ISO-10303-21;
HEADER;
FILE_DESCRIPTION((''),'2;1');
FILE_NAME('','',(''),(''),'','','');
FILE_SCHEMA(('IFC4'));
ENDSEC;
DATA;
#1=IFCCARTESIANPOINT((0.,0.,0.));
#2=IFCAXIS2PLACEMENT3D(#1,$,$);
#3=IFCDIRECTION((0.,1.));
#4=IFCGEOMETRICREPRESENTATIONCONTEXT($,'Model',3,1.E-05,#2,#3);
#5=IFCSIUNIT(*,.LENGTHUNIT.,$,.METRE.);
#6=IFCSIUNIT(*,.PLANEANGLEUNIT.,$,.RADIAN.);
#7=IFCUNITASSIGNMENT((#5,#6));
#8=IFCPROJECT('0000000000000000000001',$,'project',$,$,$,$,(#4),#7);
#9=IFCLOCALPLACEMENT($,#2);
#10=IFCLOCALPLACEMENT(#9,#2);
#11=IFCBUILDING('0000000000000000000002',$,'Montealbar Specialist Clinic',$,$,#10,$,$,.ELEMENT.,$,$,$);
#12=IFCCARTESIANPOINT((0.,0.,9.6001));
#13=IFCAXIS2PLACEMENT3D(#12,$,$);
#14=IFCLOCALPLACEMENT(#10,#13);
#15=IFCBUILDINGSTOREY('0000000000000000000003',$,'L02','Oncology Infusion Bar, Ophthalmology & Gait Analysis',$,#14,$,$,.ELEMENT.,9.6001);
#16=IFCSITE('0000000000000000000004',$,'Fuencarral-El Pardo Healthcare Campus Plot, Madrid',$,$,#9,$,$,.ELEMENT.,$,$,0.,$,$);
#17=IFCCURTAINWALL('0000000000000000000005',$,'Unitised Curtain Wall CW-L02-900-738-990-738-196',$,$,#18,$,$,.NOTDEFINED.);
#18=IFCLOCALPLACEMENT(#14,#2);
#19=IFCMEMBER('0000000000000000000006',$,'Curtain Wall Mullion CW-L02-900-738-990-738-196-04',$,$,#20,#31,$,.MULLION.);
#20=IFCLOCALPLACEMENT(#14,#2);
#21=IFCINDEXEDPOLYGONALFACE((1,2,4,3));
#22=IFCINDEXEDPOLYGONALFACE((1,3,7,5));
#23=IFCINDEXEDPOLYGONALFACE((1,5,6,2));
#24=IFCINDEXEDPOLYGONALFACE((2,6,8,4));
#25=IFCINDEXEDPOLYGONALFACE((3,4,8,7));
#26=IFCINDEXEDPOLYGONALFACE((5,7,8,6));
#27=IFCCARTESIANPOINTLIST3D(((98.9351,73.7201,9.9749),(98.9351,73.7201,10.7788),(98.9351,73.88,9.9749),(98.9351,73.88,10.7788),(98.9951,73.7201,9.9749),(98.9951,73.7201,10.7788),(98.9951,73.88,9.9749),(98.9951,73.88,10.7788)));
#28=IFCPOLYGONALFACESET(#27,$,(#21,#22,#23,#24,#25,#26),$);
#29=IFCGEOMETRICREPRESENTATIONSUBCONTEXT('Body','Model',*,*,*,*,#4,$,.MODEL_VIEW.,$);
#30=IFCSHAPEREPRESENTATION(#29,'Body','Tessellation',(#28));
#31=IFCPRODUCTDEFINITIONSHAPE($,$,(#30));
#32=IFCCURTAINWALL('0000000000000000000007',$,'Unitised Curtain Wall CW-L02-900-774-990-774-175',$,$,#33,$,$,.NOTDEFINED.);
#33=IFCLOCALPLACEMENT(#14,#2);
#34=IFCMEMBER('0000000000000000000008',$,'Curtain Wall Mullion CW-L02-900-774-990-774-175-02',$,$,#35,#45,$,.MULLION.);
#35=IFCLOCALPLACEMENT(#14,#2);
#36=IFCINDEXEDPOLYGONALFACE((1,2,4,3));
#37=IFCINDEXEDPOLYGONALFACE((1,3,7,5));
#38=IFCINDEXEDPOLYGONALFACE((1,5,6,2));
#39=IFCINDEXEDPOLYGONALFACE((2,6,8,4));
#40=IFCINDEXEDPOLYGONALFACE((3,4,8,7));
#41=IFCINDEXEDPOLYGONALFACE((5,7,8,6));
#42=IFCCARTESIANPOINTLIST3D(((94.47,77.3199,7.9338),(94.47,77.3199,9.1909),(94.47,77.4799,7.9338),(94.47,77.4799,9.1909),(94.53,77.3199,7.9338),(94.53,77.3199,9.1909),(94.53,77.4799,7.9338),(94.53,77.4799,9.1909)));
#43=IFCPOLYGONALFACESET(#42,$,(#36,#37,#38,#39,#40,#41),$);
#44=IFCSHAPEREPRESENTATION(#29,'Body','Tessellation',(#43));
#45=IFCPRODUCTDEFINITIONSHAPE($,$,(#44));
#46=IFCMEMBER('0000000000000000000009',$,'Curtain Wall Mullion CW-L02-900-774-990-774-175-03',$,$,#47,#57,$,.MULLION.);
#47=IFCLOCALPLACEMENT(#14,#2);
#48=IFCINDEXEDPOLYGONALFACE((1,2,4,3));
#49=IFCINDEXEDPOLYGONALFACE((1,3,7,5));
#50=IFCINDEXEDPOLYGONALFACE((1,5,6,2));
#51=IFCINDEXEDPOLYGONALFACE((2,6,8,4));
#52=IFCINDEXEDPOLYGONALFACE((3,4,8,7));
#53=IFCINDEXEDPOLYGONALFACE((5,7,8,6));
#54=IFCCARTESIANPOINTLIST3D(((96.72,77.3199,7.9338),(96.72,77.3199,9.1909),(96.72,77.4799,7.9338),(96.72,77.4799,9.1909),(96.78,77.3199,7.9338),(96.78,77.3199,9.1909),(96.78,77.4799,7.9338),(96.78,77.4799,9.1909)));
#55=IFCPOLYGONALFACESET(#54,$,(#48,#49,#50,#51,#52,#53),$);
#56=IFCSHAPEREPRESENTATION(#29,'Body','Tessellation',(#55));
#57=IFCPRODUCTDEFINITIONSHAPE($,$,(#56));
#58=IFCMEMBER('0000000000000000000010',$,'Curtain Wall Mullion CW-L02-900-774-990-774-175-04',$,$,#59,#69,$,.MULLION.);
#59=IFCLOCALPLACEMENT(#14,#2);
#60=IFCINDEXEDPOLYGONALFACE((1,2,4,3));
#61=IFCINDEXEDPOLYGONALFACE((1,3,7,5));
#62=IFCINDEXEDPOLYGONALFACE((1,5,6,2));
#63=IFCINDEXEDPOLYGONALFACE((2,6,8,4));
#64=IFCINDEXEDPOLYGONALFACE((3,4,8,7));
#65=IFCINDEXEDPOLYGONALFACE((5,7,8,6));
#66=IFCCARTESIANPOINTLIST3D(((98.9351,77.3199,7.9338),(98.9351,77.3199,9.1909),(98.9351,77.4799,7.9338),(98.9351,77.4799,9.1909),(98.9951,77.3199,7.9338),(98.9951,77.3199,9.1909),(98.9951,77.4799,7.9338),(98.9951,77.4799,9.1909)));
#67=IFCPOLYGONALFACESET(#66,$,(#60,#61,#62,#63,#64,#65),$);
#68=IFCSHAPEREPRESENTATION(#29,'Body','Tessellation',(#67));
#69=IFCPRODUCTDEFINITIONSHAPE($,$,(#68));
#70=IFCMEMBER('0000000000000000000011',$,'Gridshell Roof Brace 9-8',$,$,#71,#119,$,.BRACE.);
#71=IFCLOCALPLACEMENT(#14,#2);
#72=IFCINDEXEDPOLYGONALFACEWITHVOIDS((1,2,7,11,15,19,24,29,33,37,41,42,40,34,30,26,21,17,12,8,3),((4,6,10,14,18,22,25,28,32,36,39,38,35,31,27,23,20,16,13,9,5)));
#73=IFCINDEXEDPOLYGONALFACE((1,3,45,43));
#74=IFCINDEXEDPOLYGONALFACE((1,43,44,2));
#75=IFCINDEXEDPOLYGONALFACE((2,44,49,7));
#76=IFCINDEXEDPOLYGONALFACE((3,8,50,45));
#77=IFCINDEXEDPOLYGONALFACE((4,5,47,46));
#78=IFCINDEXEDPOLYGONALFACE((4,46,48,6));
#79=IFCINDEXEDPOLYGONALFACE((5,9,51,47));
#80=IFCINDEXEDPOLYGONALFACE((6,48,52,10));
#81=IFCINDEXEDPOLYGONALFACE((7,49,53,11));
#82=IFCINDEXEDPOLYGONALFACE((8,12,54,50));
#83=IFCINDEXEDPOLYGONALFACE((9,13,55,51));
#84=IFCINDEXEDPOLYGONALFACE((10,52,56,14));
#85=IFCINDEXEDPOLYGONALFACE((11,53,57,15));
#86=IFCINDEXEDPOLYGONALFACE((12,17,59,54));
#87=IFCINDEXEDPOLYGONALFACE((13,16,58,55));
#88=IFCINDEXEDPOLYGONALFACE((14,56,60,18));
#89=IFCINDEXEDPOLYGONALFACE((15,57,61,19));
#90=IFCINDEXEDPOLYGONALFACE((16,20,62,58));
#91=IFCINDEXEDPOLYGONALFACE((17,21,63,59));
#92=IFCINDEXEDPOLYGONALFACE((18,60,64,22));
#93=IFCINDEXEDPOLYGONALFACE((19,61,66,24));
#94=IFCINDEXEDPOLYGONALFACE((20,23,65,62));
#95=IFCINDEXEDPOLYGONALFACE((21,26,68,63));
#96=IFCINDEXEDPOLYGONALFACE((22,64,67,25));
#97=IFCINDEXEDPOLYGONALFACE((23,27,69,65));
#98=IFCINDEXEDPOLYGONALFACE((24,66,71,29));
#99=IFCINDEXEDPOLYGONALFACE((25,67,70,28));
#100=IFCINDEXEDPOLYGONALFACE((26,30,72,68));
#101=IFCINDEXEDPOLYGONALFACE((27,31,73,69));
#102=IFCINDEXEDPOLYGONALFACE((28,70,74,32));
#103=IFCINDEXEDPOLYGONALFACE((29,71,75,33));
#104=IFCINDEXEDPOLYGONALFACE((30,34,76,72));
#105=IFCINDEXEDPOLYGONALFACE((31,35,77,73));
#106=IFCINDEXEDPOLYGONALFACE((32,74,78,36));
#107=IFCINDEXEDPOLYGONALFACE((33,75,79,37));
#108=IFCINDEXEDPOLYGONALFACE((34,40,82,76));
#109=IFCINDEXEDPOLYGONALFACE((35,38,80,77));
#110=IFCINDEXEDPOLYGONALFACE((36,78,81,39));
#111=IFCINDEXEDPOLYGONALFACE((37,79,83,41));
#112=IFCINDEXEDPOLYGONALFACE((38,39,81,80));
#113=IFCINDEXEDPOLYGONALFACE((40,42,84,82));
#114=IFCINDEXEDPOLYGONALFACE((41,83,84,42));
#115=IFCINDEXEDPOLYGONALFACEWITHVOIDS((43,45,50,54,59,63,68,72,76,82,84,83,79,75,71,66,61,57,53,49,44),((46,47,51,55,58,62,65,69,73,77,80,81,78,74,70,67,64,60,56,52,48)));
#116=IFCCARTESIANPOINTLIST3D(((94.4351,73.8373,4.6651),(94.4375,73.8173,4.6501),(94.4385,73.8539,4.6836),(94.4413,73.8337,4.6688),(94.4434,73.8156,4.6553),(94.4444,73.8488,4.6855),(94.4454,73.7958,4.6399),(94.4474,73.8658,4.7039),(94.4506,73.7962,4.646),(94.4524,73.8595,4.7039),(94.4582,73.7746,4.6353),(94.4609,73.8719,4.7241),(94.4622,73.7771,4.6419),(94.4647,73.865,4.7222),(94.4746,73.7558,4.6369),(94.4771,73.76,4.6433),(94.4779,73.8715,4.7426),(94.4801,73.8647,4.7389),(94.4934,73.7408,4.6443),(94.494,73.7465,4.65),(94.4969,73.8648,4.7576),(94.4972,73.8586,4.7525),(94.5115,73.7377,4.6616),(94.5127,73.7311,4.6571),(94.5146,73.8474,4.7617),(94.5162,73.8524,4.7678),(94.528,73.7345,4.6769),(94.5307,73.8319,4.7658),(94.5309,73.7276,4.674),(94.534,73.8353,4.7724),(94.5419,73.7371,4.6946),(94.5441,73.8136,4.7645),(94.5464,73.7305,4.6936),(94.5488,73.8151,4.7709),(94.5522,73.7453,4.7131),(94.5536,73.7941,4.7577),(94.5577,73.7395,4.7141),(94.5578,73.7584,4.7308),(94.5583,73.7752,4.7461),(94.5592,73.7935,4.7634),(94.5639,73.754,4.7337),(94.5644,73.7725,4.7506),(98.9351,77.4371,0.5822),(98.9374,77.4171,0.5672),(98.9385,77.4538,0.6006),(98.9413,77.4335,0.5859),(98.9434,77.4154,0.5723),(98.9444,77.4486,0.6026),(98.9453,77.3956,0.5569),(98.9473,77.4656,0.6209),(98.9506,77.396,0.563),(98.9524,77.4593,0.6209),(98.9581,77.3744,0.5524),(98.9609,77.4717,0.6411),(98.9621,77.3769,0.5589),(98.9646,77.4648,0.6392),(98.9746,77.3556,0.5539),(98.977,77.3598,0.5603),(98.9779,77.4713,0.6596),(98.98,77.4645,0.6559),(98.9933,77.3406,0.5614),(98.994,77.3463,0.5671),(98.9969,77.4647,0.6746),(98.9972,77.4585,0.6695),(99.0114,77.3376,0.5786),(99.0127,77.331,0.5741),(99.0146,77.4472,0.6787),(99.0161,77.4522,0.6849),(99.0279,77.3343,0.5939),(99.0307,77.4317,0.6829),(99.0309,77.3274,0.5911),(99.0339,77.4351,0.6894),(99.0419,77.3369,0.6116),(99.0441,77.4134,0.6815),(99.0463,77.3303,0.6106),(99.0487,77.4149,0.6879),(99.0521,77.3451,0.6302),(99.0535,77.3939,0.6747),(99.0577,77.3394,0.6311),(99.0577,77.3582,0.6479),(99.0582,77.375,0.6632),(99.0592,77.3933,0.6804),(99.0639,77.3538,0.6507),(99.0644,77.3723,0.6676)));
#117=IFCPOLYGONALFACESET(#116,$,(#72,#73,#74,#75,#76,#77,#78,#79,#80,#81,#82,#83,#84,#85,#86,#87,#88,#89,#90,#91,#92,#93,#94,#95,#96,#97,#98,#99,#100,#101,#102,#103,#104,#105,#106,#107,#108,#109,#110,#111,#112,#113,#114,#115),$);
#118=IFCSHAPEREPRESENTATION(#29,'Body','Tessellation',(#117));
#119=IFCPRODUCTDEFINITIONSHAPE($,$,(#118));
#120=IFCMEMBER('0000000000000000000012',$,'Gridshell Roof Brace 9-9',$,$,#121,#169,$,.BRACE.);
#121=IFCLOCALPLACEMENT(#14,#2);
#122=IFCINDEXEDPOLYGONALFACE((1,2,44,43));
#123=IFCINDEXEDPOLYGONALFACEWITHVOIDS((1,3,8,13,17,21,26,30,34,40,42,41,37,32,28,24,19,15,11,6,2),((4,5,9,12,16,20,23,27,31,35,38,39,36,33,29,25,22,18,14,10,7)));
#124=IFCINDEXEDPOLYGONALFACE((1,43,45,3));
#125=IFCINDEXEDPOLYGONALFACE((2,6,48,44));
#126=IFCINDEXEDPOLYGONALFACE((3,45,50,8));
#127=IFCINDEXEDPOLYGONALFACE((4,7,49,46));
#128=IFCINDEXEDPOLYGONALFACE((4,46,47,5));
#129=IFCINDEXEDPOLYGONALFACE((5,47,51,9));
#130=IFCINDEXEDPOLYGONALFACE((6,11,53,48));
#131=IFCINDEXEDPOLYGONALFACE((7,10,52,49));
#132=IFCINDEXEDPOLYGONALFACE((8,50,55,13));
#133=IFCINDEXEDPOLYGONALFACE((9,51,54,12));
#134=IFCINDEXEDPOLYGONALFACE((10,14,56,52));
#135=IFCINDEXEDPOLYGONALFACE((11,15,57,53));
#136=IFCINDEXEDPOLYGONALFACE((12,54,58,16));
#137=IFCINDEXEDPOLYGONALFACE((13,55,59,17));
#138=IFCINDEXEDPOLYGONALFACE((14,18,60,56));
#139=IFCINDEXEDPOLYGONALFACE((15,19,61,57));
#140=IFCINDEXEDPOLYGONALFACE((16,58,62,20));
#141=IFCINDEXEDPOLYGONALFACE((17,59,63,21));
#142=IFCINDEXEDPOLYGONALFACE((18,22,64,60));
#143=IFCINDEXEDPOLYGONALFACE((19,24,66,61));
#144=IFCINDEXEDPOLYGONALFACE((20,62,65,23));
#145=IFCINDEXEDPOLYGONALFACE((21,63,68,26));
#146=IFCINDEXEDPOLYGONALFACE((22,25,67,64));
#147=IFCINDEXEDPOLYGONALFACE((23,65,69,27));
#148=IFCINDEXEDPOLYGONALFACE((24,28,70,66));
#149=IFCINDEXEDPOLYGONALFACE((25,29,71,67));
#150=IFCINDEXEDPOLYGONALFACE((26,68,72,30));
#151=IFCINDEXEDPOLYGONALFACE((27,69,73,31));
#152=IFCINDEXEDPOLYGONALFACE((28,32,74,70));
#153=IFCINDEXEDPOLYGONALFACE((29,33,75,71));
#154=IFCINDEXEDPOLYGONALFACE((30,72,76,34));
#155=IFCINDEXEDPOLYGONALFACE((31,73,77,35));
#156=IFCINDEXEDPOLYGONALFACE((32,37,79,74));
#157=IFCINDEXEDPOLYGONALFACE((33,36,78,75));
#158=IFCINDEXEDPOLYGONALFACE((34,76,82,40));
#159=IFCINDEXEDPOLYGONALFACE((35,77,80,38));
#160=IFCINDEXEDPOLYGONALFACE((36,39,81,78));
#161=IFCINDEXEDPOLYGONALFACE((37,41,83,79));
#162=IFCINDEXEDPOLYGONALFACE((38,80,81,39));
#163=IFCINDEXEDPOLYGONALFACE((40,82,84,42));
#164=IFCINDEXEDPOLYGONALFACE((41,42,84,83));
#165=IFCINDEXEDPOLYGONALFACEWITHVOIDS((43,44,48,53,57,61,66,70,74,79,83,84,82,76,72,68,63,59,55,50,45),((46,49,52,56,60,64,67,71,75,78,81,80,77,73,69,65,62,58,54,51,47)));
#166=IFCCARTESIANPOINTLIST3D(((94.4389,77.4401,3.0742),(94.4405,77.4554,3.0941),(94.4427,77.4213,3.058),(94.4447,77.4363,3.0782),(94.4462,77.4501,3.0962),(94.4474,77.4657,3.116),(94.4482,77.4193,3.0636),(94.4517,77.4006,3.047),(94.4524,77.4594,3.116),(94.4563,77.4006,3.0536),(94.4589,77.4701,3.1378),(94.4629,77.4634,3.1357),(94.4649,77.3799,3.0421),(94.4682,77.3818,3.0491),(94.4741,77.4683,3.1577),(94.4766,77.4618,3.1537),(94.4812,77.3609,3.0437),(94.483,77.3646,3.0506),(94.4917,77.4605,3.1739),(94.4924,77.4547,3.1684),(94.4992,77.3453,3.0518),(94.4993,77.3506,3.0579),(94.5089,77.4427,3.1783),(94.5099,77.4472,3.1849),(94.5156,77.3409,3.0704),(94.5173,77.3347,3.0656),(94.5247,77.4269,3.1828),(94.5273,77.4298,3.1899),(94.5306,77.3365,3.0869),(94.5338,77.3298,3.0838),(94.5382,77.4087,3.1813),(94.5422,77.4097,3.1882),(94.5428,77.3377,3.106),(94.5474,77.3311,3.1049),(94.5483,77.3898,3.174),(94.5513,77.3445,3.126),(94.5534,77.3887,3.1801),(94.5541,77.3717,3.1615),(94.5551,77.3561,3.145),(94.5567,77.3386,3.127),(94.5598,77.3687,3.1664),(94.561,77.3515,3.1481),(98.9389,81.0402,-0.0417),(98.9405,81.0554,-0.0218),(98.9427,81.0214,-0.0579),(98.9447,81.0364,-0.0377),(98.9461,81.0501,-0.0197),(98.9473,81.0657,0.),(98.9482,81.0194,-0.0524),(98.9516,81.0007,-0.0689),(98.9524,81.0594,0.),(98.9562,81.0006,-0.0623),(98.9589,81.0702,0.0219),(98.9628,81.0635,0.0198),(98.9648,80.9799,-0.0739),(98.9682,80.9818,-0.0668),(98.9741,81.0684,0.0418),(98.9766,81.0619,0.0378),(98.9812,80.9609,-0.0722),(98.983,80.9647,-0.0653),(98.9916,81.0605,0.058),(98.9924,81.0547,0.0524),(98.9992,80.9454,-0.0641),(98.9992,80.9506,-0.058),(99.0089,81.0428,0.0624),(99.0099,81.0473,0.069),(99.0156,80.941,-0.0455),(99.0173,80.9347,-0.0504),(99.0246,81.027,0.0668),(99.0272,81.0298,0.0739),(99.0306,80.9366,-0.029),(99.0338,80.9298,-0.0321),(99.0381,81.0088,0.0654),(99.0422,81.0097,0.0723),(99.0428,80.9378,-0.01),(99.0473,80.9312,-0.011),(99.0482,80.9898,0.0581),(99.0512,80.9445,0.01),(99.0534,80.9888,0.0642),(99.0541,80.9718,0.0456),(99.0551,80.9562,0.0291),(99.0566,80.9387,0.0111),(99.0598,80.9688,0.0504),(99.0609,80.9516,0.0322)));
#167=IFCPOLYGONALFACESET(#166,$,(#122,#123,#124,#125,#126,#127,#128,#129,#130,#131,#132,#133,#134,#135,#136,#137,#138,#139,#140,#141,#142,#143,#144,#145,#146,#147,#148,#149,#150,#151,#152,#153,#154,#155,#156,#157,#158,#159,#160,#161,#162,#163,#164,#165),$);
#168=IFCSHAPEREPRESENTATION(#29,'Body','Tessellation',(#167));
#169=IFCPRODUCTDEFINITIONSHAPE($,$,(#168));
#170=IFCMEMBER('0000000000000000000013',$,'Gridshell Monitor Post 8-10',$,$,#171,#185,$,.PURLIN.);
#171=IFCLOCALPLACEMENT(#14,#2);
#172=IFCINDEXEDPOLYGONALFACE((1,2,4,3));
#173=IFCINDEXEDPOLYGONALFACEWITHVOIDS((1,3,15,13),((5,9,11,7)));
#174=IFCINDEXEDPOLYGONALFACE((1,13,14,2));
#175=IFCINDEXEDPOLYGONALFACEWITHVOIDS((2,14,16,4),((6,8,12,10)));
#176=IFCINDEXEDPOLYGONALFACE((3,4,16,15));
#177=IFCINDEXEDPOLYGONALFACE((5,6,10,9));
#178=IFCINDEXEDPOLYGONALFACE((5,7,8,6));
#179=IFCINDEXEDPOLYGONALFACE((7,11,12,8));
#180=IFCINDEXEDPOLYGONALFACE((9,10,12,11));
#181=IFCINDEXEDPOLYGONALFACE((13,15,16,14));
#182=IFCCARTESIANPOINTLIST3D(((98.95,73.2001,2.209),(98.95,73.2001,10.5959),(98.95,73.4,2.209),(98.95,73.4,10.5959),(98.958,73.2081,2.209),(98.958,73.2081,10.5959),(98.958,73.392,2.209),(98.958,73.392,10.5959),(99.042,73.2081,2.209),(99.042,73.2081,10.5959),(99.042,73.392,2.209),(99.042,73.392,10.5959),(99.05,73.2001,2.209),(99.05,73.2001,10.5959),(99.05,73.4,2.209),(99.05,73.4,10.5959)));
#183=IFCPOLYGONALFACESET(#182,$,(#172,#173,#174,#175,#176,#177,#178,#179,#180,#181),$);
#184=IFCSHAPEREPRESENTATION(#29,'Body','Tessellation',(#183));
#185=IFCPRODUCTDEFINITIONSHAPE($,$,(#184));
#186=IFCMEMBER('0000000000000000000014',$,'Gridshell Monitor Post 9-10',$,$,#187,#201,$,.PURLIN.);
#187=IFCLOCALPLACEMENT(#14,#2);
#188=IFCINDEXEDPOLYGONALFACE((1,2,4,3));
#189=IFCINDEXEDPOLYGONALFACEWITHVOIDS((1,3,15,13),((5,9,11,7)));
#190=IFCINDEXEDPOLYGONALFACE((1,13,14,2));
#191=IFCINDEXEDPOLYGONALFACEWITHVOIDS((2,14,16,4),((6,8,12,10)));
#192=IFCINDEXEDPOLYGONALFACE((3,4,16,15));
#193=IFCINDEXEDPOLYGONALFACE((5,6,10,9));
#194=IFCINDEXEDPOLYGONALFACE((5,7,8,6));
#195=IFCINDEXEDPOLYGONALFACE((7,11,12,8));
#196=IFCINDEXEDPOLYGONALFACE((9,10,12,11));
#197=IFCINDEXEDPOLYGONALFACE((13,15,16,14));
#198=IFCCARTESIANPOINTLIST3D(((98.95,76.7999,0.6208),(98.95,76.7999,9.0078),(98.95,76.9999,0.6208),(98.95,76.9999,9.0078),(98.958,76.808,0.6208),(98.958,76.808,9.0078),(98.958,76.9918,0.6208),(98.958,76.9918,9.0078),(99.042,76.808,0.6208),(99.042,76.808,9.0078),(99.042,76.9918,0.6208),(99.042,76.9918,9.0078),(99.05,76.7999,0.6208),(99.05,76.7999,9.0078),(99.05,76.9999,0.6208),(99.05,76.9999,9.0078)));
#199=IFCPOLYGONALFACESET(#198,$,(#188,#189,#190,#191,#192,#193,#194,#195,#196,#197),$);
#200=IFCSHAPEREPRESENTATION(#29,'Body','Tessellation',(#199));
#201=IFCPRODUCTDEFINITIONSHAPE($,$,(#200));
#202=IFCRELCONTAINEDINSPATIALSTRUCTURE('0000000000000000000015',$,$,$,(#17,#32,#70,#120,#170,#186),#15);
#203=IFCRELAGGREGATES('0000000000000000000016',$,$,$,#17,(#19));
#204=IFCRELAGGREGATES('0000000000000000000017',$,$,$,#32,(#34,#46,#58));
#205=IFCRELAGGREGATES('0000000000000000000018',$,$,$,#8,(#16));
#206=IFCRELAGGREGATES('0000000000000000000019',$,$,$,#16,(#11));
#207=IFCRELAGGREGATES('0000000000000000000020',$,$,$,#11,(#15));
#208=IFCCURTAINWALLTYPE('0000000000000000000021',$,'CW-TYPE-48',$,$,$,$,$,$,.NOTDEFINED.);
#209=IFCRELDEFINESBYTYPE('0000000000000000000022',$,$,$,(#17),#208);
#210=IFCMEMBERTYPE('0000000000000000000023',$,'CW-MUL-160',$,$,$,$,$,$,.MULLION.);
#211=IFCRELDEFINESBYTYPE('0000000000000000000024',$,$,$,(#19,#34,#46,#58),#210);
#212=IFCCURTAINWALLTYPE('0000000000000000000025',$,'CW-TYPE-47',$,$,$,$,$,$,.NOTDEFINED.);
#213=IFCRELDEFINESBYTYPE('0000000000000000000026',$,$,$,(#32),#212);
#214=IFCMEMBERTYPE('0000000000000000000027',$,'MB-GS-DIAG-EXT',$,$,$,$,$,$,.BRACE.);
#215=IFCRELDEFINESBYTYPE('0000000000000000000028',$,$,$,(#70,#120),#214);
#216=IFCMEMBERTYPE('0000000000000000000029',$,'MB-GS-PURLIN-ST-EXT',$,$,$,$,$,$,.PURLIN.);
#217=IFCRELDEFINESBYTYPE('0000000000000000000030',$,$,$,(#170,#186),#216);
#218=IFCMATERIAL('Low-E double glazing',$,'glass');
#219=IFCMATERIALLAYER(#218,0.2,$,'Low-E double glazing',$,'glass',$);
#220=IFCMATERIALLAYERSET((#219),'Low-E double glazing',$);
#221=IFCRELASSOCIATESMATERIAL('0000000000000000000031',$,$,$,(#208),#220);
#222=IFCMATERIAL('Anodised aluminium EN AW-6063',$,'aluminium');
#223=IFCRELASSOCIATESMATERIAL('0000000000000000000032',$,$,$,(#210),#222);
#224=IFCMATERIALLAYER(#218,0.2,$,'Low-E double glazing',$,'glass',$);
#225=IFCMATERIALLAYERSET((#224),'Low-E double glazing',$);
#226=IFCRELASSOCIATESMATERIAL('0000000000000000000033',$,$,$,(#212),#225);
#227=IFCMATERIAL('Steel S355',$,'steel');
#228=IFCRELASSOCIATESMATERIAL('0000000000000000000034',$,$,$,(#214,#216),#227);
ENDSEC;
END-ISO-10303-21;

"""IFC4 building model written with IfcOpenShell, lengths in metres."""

from ifc_helpers import new_model, si_unit, direction, frame, origin, origin_2d, place, context, subcontext, project, spatial, rectangle, hollow_rectangle, hollow_circle, extrude, material, layer, layer_set, material_profile, profile_set, type_object, element, aggregate, save


model = new_model("IFC4")

# Units and contexts
model_context = context("Model", 3, precision=1e-05, world=origin(), true_north=direction((0.0, 1.0)))
body_context = subcontext(model_context, "Body", "Model", "MODEL_VIEW")
ifc_project = project(units=[si_unit("LENGTHUNIT", "METRE"), si_unit("PLANEANGLEUNIT", "RADIAN")], contexts=[model_context])

# Site, building, storey
site_placement = place(None, origin())
site = spatial("IfcSite", under=ifc_project, at=site_placement, Name="Fuencarral-El Pardo Healthcare Campus Plot, Madrid", CompositionType="ELEMENT", RefElevation=0.0)
building_placement = place(site_placement, origin())
building = spatial("IfcBuilding", under=site, at=building_placement, Name="Montealbar Specialist Clinic", CompositionType="ELEMENT")
storey_placement = place(building_placement, frame((0.0, 0.0, 9.6001)))
storey = spatial("IfcBuildingStorey", under=building, at=storey_placement, Name="L02", Description="Oncology Infusion Bar, Ophthalmology & Gait Analysis", CompositionType="ELEMENT", Elevation=9.6001)

# Shared definitions
ifc_material_1 = material(Name="Steel S355", Category="steel")

# Curtain walls, members
ifc_material_2 = material(Name="Low-E double glazing", Category="glass")
ifc_layer_1 = layer(ifc_material_2, 0.2, Name="Low-E double glazing", Category="glass")
ifc_layer_set_1 = layer_set([ifc_layer_1], Name="Low-E double glazing")
curtain_wall_type_1 = type_object("IfcCurtainWallType", Name="CW-TYPE-48", PredefinedType="NOTDEFINED", material=ifc_layer_set_1)
curtain_wall_1_placement = place(storey_placement, origin())
curtain_wall_1 = element("IfcCurtainWall", 1, at=curtain_wall_1_placement, inside=storey, type_object=curtain_wall_type_1, Name="Unitised Curtain Wall CW-L02-900-738-990-738-196", PredefinedType="NOTDEFINED")
ifc_material_3 = material(Name="Anodised aluminium EN AW-6063", Category="aluminium")
ifc_material_profile_1 = material_profile(ifc_material_3, rectangle(XDim=0.0601, YDim=0.1599, at=origin_2d()), Name="ALU 60x160", Category="aluminium")
ifc_profile_set_1 = profile_set([ifc_material_profile_1], Name="Anodised aluminium EN AW-6063")
member_type_1 = type_object("IfcMemberType", Name="CW-MUL-160", PredefinedType="MULLION", material=ifc_profile_set_1)
member_1_placement = place(storey_placement, frame((98.9651, 73.8, 9.9749), z_axis=(0.0, 0.0, 1.0), x_axis=(1.0, 0.0, 0.0)))
member_1 = element("IfcMember", 2, at=member_1_placement, type_object=member_type_1, Name="Curtain Wall Mullion CW-L02-900-738-990-738-196-04", PredefinedType="MULLION", context=body_context, shape_type="SweptSolid", body=[
    extrude(rectangle(XDim=0.0601, YDim=0.1599, at=origin_2d()), origin(), (0.0, 0.0, 1.0), 0.804),
])
ifc_layer_2 = layer(ifc_material_2, 0.2, Name="Low-E double glazing", Category="glass")
ifc_layer_set_2 = layer_set([ifc_layer_2], Name="Low-E double glazing")
curtain_wall_type_2 = type_object("IfcCurtainWallType", Name="CW-TYPE-47", PredefinedType="NOTDEFINED", material=ifc_layer_set_2)
curtain_wall_2_placement = place(storey_placement, origin())
curtain_wall_2 = element("IfcCurtainWall", 3, at=curtain_wall_2_placement, inside=storey, type_object=curtain_wall_type_2, Name="Unitised Curtain Wall CW-L02-900-774-990-774-175", PredefinedType="NOTDEFINED")
member_2_placement = place(storey_placement, frame((94.5, 77.3999, 7.9338), z_axis=(0.0, 0.0, 1.0), x_axis=(1.0, 0.0, 0.0)))
member_2 = element("IfcMember", 4, at=member_2_placement, type_object=member_type_1, Name="Curtain Wall Mullion CW-L02-900-774-990-774-175-02", PredefinedType="MULLION", context=body_context, shape_type="SweptSolid", body=[
    extrude(rectangle(XDim=0.0601, YDim=0.1599, at=origin_2d()), origin(), (0.0, 0.0, 1.0), 1.2571),
])
member_3_placement = place(storey_placement, frame((96.75, 77.3999, 7.9338), z_axis=(0.0, 0.0, 1.0), x_axis=(1.0, 0.0, 0.0)))
member_3 = element("IfcMember", 5, at=member_3_placement, type_object=member_type_1, Name="Curtain Wall Mullion CW-L02-900-774-990-774-175-03", PredefinedType="MULLION", context=body_context, shape_type="SweptSolid", body=[
    extrude(rectangle(XDim=0.0601, YDim=0.1599, at=origin_2d()), origin(), (0.0, 0.0, 1.0), 1.2571),
])
member_4_placement = place(storey_placement, frame((98.9651, 77.3999, 7.9338), z_axis=(0.0, 0.0, 1.0), x_axis=(1.0, 0.0, 0.0)))
member_4 = element("IfcMember", 6, at=member_4_placement, type_object=member_type_1, Name="Curtain Wall Mullion CW-L02-900-774-990-774-175-04", PredefinedType="MULLION", context=body_context, shape_type="SweptSolid", body=[
    extrude(rectangle(XDim=0.0601, YDim=0.1599, at=origin_2d()), origin(), (0.0, 0.0, 1.0), 1.2571),
])

# Members
ifc_material_profile_2 = material_profile(ifc_material_1, hollow_circle(Radius=0.0842, WallThickness=0.0081, at=origin_2d()), Name="CHS 168.3x8.0", Category="steel")
ifc_profile_set_2 = profile_set([ifc_material_profile_2], Name="Steel S355")
member_type_2 = type_object("IfcMemberType", Name="MB-GS-DIAG-EXT", PredefinedType="BRACE", material=ifc_profile_set_2)
member_5_placement = place(storey_placement, frame((94.5, 73.8, 4.7039), z_axis=(0.637162, 0.509709, -0.578119), x_axis=(-0.62468, 0.780881, 0.0)))
element("IfcMember", 7, at=member_5_placement, inside=storey, type_object=member_type_2, Name="Gridshell Roof Brace 9-8", PredefinedType="BRACE", context=body_context, shape_type="SweptSolid", body=[
    extrude(hollow_circle(Radius=0.0842, WallThickness=0.0081, at=origin_2d()), origin(), (0.0, 0.0, 1.0), 7.0625),
])
member_6_placement = place(storey_placement, frame((94.5, 77.3999, 3.116), z_axis=(0.686883, 0.549521, -0.475623), x_axis=(-0.624705, 0.780861, 0.0)))
element("IfcMember", 8, at=member_6_placement, inside=storey, type_object=member_type_2, Name="Gridshell Roof Brace 9-9", PredefinedType="BRACE", context=body_context, shape_type="SweptSolid", body=[
    extrude(hollow_circle(Radius=0.0842, WallThickness=0.0081, at=origin_2d()), origin(), (0.0, 0.0, 1.0), 6.5513),
])
ifc_material_profile_3 = material_profile(ifc_material_1, hollow_rectangle(XDim=0.1001, YDim=0.2, WallThickness=0.0081, at=origin_2d()), Name="RHS 200x100x8", Category="steel")
ifc_profile_set_3 = profile_set([ifc_material_profile_3], Name="Steel S355")
member_type_3 = type_object("IfcMemberType", Name="MB-GS-PURLIN-ST-EXT", PredefinedType="PURLIN", material=ifc_profile_set_3)
for number, where, z_axis, x_axis, name in (
    (9, (99.0, 73.3, 2.209), (0.0, 0.0, 1.0), (1.0, 0.0, 0.0), "Gridshell Monitor Post 8-10"),
    (10, (99.0, 76.8999, 0.6208), (0.0, 0.0, 1.0), (1.0, 0.0, 0.0), "Gridshell Monitor Post 9-10"),
):
    element("IfcMember", number, at=place(storey_placement, frame(where, z_axis=z_axis, x_axis=x_axis)), inside=storey, type_object=member_type_3, Name=name, PredefinedType="PURLIN", context=body_context, shape_type="SweptSolid", body=[
        extrude(hollow_rectangle(XDim=0.1001, YDim=0.2, WallThickness=0.0081, at=origin_2d()), origin(), (0.0, 0.0, 1.0), 8.387),
    ])

aggregate(curtain_wall_1, [member_1])
aggregate(curtain_wall_2, [member_2, member_3, member_4])

save(model, "model.ifc")
